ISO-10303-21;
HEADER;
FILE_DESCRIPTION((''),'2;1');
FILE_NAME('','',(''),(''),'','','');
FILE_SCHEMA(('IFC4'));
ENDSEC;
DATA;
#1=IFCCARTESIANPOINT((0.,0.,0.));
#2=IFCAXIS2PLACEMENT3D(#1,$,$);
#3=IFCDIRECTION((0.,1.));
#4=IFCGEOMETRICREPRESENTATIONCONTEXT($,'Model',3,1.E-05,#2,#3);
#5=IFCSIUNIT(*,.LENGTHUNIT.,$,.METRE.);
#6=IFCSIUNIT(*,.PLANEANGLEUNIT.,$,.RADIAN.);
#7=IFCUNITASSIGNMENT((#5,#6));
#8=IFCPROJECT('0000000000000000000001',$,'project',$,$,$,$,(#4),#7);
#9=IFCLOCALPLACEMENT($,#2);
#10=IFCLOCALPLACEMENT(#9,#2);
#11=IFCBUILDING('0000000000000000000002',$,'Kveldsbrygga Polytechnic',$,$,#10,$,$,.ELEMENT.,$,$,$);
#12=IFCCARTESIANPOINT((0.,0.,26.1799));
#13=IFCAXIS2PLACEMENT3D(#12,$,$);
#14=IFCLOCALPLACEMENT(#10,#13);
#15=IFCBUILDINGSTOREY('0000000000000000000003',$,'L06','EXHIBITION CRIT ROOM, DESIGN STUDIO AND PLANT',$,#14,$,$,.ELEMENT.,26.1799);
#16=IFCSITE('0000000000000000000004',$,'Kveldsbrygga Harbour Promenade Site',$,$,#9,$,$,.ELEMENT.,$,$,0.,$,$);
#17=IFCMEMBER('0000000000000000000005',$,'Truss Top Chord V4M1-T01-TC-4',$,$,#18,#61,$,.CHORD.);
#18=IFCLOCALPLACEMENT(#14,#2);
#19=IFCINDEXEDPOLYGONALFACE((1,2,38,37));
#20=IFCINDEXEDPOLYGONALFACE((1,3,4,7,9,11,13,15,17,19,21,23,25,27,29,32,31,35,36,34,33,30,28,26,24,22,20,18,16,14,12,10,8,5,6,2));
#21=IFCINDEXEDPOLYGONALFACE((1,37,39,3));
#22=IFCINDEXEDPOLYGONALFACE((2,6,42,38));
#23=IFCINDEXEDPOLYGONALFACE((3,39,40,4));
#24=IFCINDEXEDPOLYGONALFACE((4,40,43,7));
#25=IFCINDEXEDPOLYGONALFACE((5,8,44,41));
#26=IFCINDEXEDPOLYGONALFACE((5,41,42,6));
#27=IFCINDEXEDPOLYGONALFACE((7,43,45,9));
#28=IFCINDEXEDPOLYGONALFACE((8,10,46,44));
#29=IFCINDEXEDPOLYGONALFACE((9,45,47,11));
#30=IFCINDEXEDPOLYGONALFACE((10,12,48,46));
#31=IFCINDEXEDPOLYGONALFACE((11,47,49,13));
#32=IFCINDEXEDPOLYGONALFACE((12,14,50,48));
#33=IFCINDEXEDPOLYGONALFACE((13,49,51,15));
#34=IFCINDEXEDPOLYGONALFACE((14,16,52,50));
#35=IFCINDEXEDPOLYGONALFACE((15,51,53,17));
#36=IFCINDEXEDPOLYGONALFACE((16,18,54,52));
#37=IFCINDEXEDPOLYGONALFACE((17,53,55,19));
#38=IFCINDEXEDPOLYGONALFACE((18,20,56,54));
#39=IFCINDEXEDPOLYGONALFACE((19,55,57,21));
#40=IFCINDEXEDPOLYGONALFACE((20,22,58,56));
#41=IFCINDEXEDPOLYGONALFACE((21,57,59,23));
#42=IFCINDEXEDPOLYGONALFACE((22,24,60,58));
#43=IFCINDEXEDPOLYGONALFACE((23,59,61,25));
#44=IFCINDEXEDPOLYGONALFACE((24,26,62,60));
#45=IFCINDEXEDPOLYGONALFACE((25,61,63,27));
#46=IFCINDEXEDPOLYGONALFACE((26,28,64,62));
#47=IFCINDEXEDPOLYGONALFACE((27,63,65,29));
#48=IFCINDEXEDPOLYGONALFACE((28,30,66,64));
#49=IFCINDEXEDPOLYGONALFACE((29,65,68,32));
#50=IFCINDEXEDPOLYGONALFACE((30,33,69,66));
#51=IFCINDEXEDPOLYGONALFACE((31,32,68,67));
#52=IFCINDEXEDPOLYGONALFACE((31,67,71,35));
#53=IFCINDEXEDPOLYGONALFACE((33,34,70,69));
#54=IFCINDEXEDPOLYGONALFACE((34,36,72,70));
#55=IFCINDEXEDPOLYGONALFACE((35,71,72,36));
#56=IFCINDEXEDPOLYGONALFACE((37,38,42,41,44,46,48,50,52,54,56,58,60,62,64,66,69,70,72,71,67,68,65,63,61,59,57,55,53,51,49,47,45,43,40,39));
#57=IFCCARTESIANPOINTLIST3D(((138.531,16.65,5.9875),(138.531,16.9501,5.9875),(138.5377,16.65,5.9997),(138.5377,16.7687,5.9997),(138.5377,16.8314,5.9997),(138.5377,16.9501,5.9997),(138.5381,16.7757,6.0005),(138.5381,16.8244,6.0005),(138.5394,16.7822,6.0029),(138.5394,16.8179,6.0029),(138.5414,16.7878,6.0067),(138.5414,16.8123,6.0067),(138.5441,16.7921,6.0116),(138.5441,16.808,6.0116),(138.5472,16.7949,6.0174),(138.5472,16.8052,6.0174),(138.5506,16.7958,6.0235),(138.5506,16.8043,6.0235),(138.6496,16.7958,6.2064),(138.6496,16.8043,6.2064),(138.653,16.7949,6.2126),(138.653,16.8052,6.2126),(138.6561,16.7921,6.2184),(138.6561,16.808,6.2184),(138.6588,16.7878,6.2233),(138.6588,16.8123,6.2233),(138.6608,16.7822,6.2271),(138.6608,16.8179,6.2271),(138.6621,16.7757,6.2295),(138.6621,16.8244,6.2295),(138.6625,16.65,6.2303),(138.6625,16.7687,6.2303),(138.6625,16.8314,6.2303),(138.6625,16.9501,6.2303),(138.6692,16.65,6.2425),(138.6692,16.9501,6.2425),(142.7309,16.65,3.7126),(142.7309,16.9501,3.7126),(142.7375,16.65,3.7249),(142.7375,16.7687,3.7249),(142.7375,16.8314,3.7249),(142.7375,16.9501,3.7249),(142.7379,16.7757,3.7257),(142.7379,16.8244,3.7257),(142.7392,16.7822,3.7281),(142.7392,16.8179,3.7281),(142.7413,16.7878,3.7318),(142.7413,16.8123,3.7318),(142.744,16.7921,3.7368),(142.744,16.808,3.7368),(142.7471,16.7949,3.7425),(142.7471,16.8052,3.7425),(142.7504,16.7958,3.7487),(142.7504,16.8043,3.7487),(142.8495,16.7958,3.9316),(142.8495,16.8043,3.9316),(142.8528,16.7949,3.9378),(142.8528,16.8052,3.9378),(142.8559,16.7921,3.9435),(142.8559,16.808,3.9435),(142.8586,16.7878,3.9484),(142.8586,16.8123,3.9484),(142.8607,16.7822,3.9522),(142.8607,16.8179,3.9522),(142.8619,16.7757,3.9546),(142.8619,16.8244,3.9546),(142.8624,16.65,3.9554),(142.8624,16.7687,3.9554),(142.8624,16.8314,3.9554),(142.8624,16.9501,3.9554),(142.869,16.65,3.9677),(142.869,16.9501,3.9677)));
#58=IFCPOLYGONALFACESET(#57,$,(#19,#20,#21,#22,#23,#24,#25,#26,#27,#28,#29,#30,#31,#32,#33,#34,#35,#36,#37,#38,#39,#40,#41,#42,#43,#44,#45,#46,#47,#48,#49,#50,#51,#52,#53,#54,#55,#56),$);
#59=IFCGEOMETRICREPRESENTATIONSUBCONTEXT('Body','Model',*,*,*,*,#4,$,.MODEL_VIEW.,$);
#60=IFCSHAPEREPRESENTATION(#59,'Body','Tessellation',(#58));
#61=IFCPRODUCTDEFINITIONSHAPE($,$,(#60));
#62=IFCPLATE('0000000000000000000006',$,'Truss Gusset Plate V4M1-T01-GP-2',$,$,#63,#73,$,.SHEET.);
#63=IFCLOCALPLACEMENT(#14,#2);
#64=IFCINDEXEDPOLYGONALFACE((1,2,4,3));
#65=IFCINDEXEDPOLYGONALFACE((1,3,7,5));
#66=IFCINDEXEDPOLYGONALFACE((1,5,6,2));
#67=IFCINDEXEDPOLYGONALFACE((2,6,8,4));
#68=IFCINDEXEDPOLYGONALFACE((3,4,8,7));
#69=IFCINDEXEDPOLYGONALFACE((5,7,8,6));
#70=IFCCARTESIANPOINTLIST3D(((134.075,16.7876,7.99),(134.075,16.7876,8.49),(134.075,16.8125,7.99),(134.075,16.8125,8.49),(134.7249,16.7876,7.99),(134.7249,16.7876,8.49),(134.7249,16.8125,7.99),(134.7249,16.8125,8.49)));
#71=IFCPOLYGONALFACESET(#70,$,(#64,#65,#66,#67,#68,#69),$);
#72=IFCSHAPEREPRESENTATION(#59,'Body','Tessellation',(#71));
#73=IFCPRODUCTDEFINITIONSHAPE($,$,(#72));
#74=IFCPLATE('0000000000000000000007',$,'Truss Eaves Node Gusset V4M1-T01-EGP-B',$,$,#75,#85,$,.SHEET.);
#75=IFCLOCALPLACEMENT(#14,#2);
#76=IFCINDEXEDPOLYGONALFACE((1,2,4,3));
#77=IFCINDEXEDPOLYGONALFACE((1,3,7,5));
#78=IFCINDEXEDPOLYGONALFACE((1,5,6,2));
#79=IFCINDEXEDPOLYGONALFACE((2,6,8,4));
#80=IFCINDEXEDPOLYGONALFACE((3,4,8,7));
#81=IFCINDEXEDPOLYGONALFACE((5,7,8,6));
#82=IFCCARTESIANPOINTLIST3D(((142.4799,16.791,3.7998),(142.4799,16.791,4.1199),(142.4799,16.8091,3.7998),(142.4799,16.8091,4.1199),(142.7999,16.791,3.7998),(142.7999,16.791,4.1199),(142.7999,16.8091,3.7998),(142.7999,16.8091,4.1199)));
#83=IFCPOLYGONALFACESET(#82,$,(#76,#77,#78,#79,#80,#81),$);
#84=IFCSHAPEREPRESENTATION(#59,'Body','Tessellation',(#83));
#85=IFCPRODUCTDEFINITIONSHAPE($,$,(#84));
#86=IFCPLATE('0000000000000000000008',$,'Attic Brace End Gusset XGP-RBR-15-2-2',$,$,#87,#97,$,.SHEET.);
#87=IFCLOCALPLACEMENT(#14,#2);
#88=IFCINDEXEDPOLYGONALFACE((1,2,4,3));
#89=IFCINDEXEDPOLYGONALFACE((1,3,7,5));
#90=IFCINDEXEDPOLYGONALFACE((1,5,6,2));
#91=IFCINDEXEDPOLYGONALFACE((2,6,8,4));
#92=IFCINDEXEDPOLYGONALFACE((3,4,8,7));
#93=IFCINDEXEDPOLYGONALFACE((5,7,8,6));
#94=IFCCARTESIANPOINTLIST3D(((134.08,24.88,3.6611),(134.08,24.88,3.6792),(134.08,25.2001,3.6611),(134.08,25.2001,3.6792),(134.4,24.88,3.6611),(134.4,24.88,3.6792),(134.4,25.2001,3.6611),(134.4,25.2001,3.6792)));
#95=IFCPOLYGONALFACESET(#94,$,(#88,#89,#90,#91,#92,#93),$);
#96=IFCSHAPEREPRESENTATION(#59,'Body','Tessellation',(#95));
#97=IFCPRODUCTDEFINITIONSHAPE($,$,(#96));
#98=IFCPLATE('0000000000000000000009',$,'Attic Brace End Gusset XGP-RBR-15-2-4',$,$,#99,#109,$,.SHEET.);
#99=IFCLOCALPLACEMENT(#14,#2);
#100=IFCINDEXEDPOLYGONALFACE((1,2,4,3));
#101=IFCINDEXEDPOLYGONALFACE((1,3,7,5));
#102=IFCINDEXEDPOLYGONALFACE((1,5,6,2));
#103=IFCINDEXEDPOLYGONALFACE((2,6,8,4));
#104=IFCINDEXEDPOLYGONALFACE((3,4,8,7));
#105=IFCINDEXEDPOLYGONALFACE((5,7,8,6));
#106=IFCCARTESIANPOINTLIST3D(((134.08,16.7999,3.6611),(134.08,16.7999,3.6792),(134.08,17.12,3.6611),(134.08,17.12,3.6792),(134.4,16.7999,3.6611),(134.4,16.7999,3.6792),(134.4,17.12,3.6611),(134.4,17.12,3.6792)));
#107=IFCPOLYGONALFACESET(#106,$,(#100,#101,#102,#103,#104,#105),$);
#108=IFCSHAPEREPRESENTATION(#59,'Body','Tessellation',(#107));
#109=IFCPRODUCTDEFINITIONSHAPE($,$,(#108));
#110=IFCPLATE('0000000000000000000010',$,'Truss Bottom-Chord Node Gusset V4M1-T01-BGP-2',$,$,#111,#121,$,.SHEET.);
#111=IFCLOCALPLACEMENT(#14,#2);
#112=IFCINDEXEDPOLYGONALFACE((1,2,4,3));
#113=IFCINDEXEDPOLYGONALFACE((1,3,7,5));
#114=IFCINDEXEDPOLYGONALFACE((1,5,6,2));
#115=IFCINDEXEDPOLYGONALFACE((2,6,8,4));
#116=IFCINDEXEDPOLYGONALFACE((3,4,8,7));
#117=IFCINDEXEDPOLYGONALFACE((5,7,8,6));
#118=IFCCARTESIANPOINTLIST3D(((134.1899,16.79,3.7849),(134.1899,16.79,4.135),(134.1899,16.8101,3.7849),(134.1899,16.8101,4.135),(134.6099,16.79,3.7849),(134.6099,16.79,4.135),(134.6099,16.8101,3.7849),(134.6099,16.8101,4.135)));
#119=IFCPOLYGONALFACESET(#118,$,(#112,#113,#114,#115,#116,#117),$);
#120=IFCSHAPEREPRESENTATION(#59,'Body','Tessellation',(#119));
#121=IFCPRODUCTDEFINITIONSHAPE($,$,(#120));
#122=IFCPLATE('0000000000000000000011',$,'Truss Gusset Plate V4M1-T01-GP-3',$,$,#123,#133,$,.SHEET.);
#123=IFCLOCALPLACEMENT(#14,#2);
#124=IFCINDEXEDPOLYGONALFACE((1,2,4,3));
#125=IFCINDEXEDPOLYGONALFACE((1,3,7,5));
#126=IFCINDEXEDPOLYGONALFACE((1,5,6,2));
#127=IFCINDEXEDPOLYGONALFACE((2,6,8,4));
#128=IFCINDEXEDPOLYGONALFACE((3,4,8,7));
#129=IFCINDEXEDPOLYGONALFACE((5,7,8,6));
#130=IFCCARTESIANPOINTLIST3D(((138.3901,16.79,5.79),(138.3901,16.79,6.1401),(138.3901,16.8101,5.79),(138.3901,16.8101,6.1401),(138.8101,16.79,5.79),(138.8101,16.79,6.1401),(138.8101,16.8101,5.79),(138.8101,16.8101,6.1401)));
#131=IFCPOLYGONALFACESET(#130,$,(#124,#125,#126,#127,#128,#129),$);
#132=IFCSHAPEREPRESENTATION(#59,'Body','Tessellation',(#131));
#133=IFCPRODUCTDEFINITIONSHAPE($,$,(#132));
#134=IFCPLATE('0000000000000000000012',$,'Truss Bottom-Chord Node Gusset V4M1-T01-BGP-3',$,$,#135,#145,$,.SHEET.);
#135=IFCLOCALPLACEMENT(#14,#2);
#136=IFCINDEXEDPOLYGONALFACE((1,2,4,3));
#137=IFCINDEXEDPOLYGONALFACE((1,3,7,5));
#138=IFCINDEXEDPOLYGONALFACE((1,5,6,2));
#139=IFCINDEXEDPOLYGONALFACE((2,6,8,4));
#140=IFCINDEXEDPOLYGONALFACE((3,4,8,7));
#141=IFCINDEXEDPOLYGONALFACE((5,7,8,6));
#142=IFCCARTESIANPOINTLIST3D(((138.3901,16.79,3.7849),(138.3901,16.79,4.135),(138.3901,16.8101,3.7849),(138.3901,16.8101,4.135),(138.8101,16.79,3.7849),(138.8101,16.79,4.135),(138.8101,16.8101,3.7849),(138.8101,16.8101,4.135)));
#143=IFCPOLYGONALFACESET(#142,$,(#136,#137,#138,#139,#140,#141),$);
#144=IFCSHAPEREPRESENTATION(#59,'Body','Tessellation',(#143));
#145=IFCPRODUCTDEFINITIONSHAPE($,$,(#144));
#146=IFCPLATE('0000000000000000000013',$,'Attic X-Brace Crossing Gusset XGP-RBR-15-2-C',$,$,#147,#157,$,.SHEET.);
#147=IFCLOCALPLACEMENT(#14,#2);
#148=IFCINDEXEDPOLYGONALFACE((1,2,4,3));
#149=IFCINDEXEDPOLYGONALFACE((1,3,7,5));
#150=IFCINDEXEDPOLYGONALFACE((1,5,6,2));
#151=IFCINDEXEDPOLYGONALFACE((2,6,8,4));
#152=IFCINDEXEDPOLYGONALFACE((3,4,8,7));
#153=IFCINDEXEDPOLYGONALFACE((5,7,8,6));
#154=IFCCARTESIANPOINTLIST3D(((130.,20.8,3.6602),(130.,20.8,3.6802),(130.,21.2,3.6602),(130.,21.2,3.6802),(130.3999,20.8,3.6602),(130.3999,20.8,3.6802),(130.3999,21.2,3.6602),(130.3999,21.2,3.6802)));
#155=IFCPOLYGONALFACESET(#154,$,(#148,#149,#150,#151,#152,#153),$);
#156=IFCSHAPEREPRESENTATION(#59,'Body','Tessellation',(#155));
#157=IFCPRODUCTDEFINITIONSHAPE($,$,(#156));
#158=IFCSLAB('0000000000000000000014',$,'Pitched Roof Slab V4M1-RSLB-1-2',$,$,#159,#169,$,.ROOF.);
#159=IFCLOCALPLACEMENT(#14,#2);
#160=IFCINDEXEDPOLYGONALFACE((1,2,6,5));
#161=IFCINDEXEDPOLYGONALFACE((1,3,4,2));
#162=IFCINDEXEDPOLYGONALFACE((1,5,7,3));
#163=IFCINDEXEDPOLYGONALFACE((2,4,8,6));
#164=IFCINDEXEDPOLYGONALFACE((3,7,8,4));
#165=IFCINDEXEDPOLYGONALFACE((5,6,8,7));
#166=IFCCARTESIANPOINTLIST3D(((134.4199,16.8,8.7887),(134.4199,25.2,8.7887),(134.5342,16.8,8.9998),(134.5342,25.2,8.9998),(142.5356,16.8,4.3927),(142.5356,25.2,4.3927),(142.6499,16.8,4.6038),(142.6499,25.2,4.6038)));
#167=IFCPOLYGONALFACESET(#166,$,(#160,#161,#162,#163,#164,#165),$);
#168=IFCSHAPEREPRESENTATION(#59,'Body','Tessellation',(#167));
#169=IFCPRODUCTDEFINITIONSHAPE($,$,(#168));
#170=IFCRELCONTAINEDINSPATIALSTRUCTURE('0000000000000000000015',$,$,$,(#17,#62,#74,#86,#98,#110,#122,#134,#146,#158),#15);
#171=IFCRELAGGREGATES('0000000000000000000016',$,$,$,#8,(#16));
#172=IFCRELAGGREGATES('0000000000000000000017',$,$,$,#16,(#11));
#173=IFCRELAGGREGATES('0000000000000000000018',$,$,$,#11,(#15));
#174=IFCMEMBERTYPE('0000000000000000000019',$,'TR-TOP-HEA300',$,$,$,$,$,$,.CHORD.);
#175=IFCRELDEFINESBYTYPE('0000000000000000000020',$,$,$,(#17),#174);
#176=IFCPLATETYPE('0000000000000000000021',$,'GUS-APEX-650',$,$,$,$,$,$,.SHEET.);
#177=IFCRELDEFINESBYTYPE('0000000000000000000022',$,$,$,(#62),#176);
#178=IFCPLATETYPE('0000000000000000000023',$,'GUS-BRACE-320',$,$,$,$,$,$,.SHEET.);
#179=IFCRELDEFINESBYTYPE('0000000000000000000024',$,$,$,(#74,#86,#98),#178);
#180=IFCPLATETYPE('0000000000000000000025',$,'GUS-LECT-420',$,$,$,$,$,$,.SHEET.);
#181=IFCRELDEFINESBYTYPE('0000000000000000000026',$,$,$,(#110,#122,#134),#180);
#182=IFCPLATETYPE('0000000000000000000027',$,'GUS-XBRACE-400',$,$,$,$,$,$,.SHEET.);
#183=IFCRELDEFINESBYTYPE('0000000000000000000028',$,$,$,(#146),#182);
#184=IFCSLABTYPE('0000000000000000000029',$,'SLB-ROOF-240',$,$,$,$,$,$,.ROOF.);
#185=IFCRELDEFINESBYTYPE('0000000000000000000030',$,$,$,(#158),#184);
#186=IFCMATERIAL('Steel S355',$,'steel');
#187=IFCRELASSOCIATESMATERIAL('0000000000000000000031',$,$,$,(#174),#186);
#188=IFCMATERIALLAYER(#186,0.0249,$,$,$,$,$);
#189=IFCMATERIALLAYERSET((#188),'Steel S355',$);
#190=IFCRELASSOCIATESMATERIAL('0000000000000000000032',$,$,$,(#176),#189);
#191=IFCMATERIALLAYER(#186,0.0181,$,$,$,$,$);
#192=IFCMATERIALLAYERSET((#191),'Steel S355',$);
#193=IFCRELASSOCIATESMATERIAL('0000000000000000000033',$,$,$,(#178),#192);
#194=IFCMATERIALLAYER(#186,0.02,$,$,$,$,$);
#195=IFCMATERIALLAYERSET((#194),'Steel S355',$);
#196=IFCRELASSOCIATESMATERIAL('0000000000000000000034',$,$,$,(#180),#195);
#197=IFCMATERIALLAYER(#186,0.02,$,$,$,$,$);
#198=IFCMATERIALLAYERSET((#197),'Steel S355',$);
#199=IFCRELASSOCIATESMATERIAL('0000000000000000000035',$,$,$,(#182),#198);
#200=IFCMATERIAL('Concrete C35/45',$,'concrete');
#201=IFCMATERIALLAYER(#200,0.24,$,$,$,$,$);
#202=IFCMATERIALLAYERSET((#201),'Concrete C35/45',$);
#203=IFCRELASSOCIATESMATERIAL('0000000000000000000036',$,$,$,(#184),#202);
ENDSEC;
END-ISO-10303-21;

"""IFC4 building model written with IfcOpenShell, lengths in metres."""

from ifc_helpers import new_model, si_unit, direction, frame, origin, origin_2d, place, context, subcontext, project, spatial, polyline, rectangle, i_section, outline, extrude, material, layer, layer_set, material_profile, profile_set, type_object, element, save


model = new_model("IFC4")

# Units and contexts
model_context = context("Model", 3, precision=1e-05, world=origin(), true_north=direction((0.0, 1.0)))
body_context = subcontext(model_context, "Body", "Model", "MODEL_VIEW")
ifc_project = project(units=[si_unit("LENGTHUNIT", "METRE"), si_unit("PLANEANGLEUNIT", "RADIAN")], contexts=[model_context])

# Site, building, storey
site_placement = place(None, origin())
site = spatial("IfcSite", under=ifc_project, at=site_placement, Name="Kveldsbrygga Harbour Promenade Site", CompositionType="ELEMENT", RefElevation=0.0)
building_placement = place(site_placement, origin())
building = spatial("IfcBuilding", under=site, at=building_placement, Name="Kveldsbrygga Polytechnic", CompositionType="ELEMENT")
storey_placement = place(building_placement, frame((0.0, 0.0, 26.1799)))
storey = spatial("IfcBuildingStorey", under=building, at=storey_placement, Name="L06", Description="EXHIBITION CRIT ROOM, DESIGN STUDIO AND PLANT", CompositionType="ELEMENT", Elevation=26.1799)

# Shared definitions
ifc_material_1 = material(Name="Steel S355", Category="steel")

# Member
ifc_material_profile_1 = material_profile(ifc_material_1, i_section(OverallWidth=0.3, OverallDepth=0.29, WebThickness=0.0085, FlangeThickness=0.0139, FilletRadius=0.0271, at=origin_2d()), Name="HEA 300")
ifc_profile_set_1 = profile_set([ifc_material_profile_1], Name="Steel S355")
member_type_1 = type_object("IfcMemberType", Name="TR-TOP-HEA300", PredefinedType="CHORD", material=ifc_profile_set_1)
member_1_placement = place(storey_placement, frame((138.6001, 16.8, 6.115), z_axis=(0.879298, 0.0, -0.476272), x_axis=(0.0, 1.0, 0.0)))
element("IfcMember", 1, at=member_1_placement, inside=storey, type_object=member_type_1, Name="Truss Top Chord V4M1-T01-TC-4", PredefinedType="CHORD", context=body_context, shape_type="SweptSolid", body=[
    extrude(i_section(OverallWidth=0.3, OverallDepth=0.29, WebThickness=0.0085, FlangeThickness=0.0139, FilletRadius=0.0271, at=origin_2d()), origin(), (0.0, 0.0, 1.0), 4.7764),
])

# Plates
ifc_layer_1 = layer(ifc_material_1, 0.0249)
ifc_layer_set_1 = layer_set([ifc_layer_1], Name="Steel S355")
plate_type_1 = type_object("IfcPlateType", Name="GUS-APEX-650", PredefinedType="SHEET", material=ifc_layer_set_1)
plate_1_placement = place(storey_placement, frame((134.3999, 16.8, 7.99), z_axis=(0.0, 0.0, 1.0), x_axis=(1.0, 0.0, 0.0)))
element("IfcPlate", 2, at=plate_1_placement, inside=storey, type_object=plate_type_1, Name="Truss Gusset Plate V4M1-T01-GP-2", PredefinedType="SHEET", context=body_context, shape_type="SweptSolid", body=[
    extrude(rectangle(XDim=0.6499, YDim=0.0249, at=origin_2d()), origin(), (0.0, 0.0, 1.0), 0.5),
])
ifc_layer_2 = layer(ifc_material_1, 0.0181)
ifc_layer_set_2 = layer_set([ifc_layer_2], Name="Steel S355")
plate_type_2 = type_object("IfcPlateType", Name="GUS-BRACE-320", PredefinedType="SHEET", material=ifc_layer_set_2)
plate_2_placement = place(storey_placement, frame((142.6399, 16.8, 3.7998), z_axis=(0.0, 0.0, 1.0), x_axis=(1.0, 0.0, 0.0)))
element("IfcPlate", 3, at=plate_2_placement, inside=storey, type_object=plate_type_2, Name="Truss Eaves Node Gusset V4M1-T01-EGP-B", PredefinedType="SHEET", context=body_context, shape_type="SweptSolid", body=[
    extrude(rectangle(XDim=0.3201, YDim=0.0181, at=origin_2d()), origin(), (0.0, 0.0, 1.0), 0.3201),
])
for number, where, z_axis, x_axis, name in (
    (4, (134.24, 25.04, 3.6611), (0.0, 0.0, 1.0), (1.0, 0.0, 0.0), "Attic Brace End Gusset XGP-RBR-15-2-2"),
    (5, (134.24, 16.96, 3.6611), (0.0, 0.0, 1.0), (1.0, 0.0, 0.0), "Attic Brace End Gusset XGP-RBR-15-2-4"),
):
    element("IfcPlate", number, at=place(storey_placement, frame(where, z_axis=z_axis, x_axis=x_axis)), inside=storey, type_object=plate_type_2, Name=name, PredefinedType="SHEET", context=body_context, shape_type="SweptSolid", body=[
        extrude(rectangle(XDim=0.3201, YDim=0.3201, at=origin_2d()), origin(), (0.0, 0.0, 1.0), 0.0181),
    ])
ifc_layer_3 = layer(ifc_material_1, 0.02)
ifc_layer_set_3 = layer_set([ifc_layer_3], Name="Steel S355")
plate_type_3 = type_object("IfcPlateType", Name="GUS-LECT-420", PredefinedType="SHEET", material=ifc_layer_set_3)
for number, where, z_axis, x_axis, name in (
    (6, (134.3999, 16.8, 3.7849), (0.0, 0.0, 1.0), (1.0, 0.0, 0.0), "Truss Bottom-Chord Node Gusset V4M1-T01-BGP-2"),
    (7, (138.6001, 16.8, 5.79), (0.0, 0.0, 1.0), (1.0, 0.0, 0.0), "Truss Gusset Plate V4M1-T01-GP-3"),
    (8, (138.6001, 16.8, 3.7849), (0.0, 0.0, 1.0), (1.0, 0.0, 0.0), "Truss Bottom-Chord Node Gusset V4M1-T01-BGP-3"),
):
    element("IfcPlate", number, at=place(storey_placement, frame(where, z_axis=z_axis, x_axis=x_axis)), inside=storey, type_object=plate_type_3, Name=name, PredefinedType="SHEET", context=body_context, shape_type="SweptSolid", body=[
        extrude(rectangle(XDim=0.4199, YDim=0.02, at=origin_2d()), origin(), (0.0, 0.0, 1.0), 0.3501),
    ])
ifc_layer_4 = layer(ifc_material_1, 0.02)
ifc_layer_set_4 = layer_set([ifc_layer_4], Name="Steel S355")
plate_type_4 = type_object("IfcPlateType", Name="GUS-XBRACE-400", PredefinedType="SHEET", material=ifc_layer_set_4)
plate_3_placement = place(storey_placement, frame((130.2, 21.0, 3.6602), z_axis=(0.0, 0.0, 1.0), x_axis=(1.0, 0.0, 0.0)))
element("IfcPlate", 9, at=plate_3_placement, inside=storey, type_object=plate_type_4, Name="Attic X-Brace Crossing Gusset XGP-RBR-15-2-C", PredefinedType="SHEET", context=body_context, shape_type="SweptSolid", body=[
    extrude(rectangle(XDim=0.3999, YDim=0.3999, at=origin_2d()), origin(), (0.0, 0.0, 1.0), 0.02),
])

# Slab
ifc_material_2 = material(Name="Concrete C35/45", Category="concrete")
ifc_layer_5 = layer(ifc_material_2, 0.24)
ifc_layer_set_5 = layer_set([ifc_layer_5], Name="Concrete C35/45")
slab_type = type_object("IfcSlabType", Name="SLB-ROOF-240", PredefinedType="ROOF", material=ifc_layer_set_5)
slab_placement = place(storey_placement, frame((134.5342, 16.8, 8.9998), z_axis=(0.476281, 0.0, 0.879293), x_axis=(0.879293, 0.0, -0.476281)))
element("IfcSlab", 10, at=slab_placement, inside=storey, type_object=slab_type, Name="Pitched Roof Slab V4M1-RSLB-1-2", PredefinedType="ROOF", context=body_context, shape_type="SweptSolid", body=[
    extrude(outline(polyline([(0.0, 0.0), (9.2298, 0.0), (9.2298, 8.3999), (0.0, 8.3999), (0.0, 0.0)])), origin(), (0.0, 0.0, -1.0), 0.24),
])

save(model, "model.ifc")
